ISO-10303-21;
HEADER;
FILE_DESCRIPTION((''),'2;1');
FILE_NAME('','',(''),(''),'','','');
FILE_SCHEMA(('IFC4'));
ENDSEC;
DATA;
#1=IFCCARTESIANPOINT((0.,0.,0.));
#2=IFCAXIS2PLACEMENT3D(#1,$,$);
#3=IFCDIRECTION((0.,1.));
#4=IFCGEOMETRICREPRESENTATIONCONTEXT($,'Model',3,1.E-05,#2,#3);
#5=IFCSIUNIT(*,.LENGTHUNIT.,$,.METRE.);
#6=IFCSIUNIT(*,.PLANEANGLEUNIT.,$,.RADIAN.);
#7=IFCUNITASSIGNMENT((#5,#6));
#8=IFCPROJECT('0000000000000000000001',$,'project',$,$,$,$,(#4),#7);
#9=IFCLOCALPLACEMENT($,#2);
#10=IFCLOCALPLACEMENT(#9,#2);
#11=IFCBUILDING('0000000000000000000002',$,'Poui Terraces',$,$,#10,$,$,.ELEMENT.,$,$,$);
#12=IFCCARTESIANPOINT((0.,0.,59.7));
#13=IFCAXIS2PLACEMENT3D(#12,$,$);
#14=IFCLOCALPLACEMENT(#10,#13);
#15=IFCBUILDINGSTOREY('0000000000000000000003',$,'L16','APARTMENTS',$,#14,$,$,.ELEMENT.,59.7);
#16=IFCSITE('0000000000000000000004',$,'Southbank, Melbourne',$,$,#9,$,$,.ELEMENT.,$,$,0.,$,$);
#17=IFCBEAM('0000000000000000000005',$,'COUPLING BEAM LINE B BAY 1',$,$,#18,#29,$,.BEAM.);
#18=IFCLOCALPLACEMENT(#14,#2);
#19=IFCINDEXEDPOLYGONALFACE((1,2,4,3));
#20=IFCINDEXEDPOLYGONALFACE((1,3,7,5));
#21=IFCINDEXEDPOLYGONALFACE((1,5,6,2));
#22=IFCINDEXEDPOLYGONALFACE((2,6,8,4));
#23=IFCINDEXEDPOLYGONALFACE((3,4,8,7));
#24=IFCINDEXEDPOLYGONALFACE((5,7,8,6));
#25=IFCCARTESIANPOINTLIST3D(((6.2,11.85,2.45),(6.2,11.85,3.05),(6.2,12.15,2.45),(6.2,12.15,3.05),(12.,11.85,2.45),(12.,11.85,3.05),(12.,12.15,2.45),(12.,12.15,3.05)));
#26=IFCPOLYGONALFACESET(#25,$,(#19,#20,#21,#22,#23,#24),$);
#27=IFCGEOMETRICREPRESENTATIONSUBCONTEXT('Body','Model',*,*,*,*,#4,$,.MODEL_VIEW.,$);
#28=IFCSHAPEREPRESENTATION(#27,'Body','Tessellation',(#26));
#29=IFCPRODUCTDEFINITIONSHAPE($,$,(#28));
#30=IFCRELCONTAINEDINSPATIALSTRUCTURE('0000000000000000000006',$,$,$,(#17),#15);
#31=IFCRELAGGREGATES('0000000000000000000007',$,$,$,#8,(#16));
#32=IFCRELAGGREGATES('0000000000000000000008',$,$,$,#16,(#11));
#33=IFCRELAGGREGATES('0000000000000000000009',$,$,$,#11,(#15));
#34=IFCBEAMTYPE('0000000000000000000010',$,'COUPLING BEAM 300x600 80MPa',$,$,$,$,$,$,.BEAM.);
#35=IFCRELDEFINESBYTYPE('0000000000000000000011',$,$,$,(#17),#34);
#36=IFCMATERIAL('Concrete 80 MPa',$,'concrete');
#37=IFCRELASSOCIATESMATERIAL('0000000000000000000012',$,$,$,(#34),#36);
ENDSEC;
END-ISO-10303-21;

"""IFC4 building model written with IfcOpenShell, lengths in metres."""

from ifc_helpers import new_model, si_unit, direction, frame, origin, origin_2d, place, context, subcontext, project, spatial, rectangle, extrude, source, transform, mapped, material, material_profile, profile_set, type_object, element, save


model = new_model("IFC4")

# Units and contexts
model_context = context("Model", 3, precision=1e-05, world=origin(), true_north=direction((0.0, 1.0)))
body_context = subcontext(model_context, "Body", "Model", "MODEL_VIEW")
ifc_project = project(units=[si_unit("LENGTHUNIT", "METRE"), si_unit("PLANEANGLEUNIT", "RADIAN")], contexts=[model_context])

# Site, building, storey
site_placement = place(None, origin())
site = spatial("IfcSite", under=ifc_project, at=site_placement, Name="Southbank, Melbourne", CompositionType="ELEMENT", RefElevation=0.0)
building_placement = place(site_placement, origin())
building = spatial("IfcBuilding", under=site, at=building_placement, Name="Poui Terraces", CompositionType="ELEMENT")
storey_placement = place(building_placement, frame((0.0, 0.0, 59.7)))
storey = spatial("IfcBuildingStorey", under=building, at=storey_placement, Name="L16", Description="APARTMENTS", CompositionType="ELEMENT", Elevation=59.7)

# Beam
ifc_material_1 = material(Name="Concrete 80 MPa", Category="concrete")
ifc_material_profile = material_profile(ifc_material_1, rectangle(XDim=0.3, YDim=0.6001, at=origin_2d()), Name="RC 300x600")
ifc_profile_set = profile_set([ifc_material_profile], Name="Concrete 80 MPa")
beam_type = type_object("IfcBeamType", Name="COUPLING BEAM 300x600 80MPa", PredefinedType="BEAM", material=ifc_profile_set)
shared_shape = source(origin(), body_context, "Body", "SweptSolid", [
    extrude(rectangle(XDim=0.3, YDim=0.6001, at=origin_2d()), origin(), (0.0, 0.0, 1.0), 5.8),
])
beam_placement = place(storey_placement, frame((6.2, 12.0, 2.75), z_axis=(1.0, 0.0, 0.0), x_axis=(0.0, 1.0, 0.0)))
element("IfcBeam", 1, at=beam_placement, inside=storey, type_object=beam_type, Name="COUPLING BEAM LINE B BAY 1", PredefinedType="BEAM", context=body_context, shape_type="MappedRepresentation", body=[
    mapped(shared_shape, transform((0.0, 0.0, 0.0))),
])

save(model, "model.ifc")
